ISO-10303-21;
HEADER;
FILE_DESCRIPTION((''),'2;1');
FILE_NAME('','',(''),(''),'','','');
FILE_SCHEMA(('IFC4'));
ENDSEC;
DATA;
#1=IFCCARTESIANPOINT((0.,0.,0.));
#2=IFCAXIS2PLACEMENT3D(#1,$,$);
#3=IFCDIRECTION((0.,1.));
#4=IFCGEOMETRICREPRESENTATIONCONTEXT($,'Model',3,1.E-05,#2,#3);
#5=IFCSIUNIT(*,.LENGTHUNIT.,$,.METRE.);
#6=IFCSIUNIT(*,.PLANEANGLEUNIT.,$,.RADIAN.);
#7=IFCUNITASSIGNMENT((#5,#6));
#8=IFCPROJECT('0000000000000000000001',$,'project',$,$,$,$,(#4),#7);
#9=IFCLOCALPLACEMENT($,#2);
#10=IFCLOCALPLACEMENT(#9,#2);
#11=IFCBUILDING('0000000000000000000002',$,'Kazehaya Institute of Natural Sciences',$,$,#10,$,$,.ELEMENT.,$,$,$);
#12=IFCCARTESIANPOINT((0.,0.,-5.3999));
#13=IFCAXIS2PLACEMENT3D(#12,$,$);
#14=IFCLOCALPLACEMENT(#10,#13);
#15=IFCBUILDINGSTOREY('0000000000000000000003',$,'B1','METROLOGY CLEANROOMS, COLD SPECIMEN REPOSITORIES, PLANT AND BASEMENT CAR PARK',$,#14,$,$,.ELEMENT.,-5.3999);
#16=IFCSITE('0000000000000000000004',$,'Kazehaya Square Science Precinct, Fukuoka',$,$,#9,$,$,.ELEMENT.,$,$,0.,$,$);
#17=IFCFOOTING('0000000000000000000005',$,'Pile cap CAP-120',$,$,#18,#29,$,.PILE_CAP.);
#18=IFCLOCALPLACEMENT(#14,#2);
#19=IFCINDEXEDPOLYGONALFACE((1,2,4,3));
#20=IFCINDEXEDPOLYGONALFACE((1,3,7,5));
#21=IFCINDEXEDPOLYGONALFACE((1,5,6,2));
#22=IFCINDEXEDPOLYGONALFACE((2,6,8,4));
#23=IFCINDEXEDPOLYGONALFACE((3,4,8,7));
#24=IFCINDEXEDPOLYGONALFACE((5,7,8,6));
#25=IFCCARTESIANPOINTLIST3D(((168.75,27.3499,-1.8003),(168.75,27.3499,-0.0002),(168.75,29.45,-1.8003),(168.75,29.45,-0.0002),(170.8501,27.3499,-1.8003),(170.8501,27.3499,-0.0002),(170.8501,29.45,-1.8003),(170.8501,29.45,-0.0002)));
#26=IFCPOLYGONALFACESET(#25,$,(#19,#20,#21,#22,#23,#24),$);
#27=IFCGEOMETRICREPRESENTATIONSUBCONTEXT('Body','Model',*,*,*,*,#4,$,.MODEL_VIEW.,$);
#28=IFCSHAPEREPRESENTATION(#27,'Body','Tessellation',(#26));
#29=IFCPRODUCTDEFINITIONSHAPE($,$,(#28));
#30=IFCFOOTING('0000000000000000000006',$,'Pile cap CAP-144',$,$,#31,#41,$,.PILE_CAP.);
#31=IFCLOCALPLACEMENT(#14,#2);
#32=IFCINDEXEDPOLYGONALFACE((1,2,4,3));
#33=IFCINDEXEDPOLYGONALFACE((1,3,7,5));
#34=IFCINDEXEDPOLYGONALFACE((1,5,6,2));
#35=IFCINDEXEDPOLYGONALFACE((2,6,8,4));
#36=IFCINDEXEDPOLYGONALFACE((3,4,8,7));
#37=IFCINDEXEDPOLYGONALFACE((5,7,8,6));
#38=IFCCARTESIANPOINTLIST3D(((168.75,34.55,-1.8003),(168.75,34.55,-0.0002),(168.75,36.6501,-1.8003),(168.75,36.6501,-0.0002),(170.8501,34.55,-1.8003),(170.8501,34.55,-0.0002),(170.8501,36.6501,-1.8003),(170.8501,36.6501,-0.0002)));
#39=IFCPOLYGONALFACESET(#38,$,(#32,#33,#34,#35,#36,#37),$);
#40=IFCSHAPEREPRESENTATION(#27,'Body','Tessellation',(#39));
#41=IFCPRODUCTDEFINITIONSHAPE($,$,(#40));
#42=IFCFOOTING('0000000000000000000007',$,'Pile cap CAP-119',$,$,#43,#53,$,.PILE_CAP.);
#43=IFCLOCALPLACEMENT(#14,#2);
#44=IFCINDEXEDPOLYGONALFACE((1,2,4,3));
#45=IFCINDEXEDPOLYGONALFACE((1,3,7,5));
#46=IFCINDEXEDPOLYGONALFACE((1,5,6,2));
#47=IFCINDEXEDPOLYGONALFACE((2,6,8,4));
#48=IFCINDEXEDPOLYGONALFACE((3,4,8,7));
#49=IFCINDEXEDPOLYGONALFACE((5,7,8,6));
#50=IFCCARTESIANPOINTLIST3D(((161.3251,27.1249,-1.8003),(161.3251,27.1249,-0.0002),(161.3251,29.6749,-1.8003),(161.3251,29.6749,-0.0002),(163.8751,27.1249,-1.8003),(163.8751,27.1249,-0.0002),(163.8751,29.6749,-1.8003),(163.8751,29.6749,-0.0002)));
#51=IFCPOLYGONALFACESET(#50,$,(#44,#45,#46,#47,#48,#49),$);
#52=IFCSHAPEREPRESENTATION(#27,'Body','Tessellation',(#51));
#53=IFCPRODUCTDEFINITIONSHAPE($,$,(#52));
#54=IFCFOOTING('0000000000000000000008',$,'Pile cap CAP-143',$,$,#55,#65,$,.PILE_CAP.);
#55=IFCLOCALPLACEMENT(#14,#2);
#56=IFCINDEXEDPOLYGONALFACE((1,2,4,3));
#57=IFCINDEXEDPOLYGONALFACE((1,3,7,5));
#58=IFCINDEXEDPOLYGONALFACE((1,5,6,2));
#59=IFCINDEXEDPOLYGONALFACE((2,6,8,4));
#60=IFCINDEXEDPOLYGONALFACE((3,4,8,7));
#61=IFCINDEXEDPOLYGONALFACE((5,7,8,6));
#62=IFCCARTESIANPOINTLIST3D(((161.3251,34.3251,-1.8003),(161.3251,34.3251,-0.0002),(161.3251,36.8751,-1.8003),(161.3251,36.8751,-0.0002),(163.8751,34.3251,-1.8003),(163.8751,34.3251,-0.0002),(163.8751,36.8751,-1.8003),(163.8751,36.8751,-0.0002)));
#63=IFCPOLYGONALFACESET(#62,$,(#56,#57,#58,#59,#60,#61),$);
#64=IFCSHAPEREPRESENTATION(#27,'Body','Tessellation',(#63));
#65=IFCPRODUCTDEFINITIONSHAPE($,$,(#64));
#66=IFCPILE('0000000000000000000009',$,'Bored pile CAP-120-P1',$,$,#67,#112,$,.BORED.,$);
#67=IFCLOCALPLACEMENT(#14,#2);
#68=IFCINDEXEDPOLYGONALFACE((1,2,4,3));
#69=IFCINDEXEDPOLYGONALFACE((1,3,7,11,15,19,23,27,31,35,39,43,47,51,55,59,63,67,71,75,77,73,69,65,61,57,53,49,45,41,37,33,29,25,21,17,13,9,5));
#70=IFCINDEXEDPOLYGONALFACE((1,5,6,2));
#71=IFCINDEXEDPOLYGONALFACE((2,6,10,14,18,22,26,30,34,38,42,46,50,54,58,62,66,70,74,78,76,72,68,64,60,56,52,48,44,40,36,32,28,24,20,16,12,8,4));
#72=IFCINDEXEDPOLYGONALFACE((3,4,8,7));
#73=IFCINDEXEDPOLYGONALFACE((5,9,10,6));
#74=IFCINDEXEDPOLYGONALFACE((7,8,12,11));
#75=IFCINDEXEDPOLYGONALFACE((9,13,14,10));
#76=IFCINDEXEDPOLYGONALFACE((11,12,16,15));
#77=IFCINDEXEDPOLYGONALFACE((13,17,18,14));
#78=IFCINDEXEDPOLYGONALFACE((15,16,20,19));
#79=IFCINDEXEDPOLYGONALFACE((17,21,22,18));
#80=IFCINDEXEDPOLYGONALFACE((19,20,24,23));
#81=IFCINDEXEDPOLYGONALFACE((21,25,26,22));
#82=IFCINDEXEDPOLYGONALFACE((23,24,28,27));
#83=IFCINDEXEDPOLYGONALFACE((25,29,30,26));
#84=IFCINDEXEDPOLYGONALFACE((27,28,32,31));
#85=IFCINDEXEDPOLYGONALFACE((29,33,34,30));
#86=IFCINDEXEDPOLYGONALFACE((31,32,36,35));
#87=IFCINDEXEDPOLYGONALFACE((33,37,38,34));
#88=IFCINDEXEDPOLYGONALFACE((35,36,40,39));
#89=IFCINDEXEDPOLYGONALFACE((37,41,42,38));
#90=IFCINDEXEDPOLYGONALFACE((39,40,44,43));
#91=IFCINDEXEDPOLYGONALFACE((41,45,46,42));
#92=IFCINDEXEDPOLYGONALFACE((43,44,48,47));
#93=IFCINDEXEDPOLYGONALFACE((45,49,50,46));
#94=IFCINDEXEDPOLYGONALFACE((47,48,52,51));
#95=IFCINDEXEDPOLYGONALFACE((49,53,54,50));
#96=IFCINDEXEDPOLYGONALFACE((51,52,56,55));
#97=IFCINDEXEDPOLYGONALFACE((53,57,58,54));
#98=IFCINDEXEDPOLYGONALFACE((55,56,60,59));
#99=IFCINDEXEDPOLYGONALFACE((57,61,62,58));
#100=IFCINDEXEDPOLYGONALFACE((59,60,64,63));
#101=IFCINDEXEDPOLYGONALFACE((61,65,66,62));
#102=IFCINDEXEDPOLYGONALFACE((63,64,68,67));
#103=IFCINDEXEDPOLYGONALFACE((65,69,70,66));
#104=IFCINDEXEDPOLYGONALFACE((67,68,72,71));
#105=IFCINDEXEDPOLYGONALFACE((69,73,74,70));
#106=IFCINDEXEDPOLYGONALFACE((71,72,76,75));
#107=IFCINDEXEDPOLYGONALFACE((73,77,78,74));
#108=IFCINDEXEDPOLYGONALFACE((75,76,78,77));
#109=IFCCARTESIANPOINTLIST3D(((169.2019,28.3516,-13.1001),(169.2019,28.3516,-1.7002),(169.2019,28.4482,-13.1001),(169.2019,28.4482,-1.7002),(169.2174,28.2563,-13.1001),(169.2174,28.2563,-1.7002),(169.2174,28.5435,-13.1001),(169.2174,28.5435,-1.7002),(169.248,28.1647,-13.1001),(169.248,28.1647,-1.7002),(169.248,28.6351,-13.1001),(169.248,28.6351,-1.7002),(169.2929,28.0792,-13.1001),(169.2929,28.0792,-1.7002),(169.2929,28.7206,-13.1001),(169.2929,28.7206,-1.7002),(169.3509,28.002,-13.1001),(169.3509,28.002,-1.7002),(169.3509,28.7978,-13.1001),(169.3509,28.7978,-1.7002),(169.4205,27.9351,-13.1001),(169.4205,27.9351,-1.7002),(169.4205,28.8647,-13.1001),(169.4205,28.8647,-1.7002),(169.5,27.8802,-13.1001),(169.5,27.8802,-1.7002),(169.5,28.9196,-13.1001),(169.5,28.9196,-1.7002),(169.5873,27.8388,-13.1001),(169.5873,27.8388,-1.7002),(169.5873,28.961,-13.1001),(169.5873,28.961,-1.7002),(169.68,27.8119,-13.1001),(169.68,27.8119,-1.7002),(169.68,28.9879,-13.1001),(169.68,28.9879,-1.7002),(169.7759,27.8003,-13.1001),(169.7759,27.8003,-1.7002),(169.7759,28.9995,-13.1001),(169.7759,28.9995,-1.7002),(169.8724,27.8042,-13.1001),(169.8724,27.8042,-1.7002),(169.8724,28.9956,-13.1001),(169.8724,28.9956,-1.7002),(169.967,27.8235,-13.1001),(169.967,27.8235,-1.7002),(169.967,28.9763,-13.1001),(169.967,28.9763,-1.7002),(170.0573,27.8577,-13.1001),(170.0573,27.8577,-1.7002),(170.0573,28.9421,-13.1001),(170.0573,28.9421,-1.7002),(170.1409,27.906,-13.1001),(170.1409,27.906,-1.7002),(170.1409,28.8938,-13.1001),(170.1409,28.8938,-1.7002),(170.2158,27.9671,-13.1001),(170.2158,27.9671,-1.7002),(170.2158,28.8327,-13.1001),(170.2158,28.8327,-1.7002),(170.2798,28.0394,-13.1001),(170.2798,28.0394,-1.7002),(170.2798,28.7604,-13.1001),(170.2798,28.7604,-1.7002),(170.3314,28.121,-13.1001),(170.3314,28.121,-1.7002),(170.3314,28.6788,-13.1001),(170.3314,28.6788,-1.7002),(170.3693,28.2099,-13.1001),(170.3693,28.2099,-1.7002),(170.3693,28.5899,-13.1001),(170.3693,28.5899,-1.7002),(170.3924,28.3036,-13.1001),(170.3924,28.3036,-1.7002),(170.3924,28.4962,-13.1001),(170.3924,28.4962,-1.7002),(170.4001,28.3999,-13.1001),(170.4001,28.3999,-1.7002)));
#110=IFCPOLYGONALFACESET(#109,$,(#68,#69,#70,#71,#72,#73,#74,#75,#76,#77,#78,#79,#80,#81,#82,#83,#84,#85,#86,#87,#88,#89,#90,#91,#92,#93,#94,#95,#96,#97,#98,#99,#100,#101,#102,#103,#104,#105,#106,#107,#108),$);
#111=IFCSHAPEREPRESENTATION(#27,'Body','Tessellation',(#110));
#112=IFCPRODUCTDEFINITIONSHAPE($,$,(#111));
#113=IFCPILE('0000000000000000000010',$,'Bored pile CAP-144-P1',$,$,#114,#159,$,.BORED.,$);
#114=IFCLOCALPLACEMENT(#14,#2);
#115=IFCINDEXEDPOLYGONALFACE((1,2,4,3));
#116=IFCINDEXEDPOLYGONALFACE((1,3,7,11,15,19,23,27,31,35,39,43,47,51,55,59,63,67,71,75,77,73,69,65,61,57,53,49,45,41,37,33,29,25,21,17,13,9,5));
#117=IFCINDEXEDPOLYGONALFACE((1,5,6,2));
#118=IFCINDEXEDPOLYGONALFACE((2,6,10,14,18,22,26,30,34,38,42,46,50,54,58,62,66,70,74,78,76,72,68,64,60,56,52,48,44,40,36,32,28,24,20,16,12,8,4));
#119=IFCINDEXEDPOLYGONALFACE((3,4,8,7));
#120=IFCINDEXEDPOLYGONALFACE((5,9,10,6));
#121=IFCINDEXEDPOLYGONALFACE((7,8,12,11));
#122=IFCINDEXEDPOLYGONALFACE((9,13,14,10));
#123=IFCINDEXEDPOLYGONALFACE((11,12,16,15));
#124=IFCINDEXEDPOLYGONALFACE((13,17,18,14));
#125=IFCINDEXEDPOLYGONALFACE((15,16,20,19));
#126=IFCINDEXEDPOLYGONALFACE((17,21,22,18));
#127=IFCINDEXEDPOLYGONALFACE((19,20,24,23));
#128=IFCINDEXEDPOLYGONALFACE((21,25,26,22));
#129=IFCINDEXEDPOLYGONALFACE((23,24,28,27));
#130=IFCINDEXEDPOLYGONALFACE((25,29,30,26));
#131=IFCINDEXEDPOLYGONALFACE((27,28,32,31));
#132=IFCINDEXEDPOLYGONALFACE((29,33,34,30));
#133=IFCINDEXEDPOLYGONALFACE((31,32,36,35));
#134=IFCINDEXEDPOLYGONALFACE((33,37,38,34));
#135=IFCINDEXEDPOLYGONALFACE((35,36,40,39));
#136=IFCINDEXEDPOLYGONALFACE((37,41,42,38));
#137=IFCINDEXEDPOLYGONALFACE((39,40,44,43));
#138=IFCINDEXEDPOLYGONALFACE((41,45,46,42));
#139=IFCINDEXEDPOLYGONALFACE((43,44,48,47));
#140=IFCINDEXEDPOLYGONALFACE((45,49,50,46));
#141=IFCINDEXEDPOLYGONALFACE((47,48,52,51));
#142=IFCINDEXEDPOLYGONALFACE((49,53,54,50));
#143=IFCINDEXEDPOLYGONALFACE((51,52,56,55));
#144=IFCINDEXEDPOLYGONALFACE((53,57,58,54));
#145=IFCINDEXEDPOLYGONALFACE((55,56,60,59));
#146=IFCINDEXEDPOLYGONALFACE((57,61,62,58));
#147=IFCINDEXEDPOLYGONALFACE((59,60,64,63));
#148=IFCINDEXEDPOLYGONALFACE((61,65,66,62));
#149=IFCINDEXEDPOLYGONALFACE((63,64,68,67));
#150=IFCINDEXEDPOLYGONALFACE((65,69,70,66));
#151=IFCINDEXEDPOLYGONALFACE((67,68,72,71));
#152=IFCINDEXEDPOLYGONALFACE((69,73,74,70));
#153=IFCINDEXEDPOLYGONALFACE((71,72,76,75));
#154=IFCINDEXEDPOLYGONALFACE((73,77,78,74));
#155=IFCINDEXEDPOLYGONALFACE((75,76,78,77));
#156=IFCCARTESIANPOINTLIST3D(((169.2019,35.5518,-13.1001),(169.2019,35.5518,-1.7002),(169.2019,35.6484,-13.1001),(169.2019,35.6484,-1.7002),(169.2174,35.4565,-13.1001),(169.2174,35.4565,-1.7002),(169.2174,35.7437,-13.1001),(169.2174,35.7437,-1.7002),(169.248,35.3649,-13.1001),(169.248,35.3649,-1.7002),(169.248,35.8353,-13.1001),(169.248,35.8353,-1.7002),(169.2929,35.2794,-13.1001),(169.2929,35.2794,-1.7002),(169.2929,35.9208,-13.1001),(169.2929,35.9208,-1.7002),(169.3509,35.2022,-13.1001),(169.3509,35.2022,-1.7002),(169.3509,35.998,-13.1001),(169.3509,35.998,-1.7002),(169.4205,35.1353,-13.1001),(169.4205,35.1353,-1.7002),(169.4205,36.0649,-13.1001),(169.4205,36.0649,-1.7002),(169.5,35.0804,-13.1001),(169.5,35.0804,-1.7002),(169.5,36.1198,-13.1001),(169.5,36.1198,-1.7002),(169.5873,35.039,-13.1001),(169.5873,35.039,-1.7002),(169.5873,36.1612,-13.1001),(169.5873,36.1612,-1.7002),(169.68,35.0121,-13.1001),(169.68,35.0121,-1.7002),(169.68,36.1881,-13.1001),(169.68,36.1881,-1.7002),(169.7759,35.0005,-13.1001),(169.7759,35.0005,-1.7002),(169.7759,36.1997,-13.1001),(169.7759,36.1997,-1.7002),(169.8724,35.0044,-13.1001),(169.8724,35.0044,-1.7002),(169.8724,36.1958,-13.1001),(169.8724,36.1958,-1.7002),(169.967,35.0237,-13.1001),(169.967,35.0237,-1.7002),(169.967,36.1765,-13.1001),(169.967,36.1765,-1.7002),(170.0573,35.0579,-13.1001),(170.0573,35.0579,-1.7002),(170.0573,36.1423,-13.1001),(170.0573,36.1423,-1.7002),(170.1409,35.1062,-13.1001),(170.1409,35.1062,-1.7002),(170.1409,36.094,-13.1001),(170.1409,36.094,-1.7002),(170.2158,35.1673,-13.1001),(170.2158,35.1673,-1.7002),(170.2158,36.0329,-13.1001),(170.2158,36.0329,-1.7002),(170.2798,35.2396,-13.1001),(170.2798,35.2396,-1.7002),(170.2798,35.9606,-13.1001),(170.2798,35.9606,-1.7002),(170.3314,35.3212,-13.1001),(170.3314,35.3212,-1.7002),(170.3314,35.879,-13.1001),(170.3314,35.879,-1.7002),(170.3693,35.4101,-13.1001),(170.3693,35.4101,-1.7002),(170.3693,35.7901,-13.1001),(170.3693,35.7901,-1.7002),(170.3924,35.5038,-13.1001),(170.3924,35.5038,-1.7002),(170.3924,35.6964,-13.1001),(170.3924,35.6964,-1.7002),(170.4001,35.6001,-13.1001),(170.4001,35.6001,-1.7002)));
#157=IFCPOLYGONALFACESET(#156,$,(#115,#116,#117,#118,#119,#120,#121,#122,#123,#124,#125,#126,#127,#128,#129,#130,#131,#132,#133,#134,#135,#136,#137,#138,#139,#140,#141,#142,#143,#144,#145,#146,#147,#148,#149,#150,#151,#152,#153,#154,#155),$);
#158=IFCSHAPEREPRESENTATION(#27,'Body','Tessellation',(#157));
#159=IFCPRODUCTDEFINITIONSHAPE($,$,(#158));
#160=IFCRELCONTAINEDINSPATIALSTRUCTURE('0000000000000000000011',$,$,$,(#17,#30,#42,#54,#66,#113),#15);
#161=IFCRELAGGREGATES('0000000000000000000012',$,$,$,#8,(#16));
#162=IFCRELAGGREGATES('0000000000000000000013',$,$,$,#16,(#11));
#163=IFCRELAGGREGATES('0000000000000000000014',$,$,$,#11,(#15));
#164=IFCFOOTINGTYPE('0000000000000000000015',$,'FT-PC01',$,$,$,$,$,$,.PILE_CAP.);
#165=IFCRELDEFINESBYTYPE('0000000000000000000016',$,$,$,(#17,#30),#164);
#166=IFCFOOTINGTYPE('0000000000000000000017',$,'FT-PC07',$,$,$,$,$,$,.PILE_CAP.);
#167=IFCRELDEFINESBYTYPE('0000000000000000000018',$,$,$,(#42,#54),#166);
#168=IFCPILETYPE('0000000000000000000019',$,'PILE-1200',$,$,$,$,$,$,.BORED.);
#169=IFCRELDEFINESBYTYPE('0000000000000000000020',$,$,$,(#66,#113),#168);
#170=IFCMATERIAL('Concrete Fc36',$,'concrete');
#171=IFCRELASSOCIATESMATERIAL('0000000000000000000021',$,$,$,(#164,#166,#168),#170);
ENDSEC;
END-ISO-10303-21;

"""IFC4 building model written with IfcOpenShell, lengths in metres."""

from ifc_helpers import new_model, si_unit, direction, frame, origin, origin_2d, place, context, subcontext, project, spatial, rectangle, circle, extrude, material, material_profile, profile_set, type_object, element, save


model = new_model("IFC4")

# Units and contexts
model_context = context("Model", 3, precision=1e-05, world=origin(), true_north=direction((0.0, 1.0)))
body_context = subcontext(model_context, "Body", "Model", "MODEL_VIEW")
ifc_project = project(units=[si_unit("LENGTHUNIT", "METRE"), si_unit("PLANEANGLEUNIT", "RADIAN")], contexts=[model_context])

# Site, building, storey
site_placement = place(None, origin())
site = spatial("IfcSite", under=ifc_project, at=site_placement, Name="Kazehaya Square Science Precinct, Fukuoka", CompositionType="ELEMENT", RefElevation=0.0)
building_placement = place(site_placement, origin())
building = spatial("IfcBuilding", under=site, at=building_placement, Name="Kazehaya Institute of Natural Sciences", CompositionType="ELEMENT")
storey_placement = place(building_placement, frame((0.0, 0.0, -5.3999)))
storey = spatial("IfcBuildingStorey", under=building, at=storey_placement, Name="B1", Description="METROLOGY CLEANROOMS, COLD SPECIMEN REPOSITORIES, PLANT AND BASEMENT CAR PARK", CompositionType="ELEMENT", Elevation=-5.3999)

# Footings
ifc_material_1 = material(Name="Concrete Fc36", Category="concrete")
footing_type_1 = type_object("IfcFootingType", Name="FT-PC01", PredefinedType="PILE_CAP", material=ifc_material_1)
for number, where, z_axis, x_axis, name in (
    (1, (169.8, 28.3999, -1.8003), (0.0, 0.0, 1.0), (1.0, 0.0, 0.0), "Pile cap CAP-120"),
    (2, (169.8, 35.6001, -1.8003), (0.0, 0.0, 1.0), (1.0, 0.0, 0.0), "Pile cap CAP-144"),
):
    element("IfcFooting", number, at=place(storey_placement, frame(where, z_axis=z_axis, x_axis=x_axis)), inside=storey, type_object=footing_type_1, Name=name, PredefinedType="PILE_CAP", context=body_context, shape_type="SweptSolid", body=[
        extrude(rectangle(XDim=2.1001, YDim=2.1001, at=origin_2d()), origin(), (0.0, 0.0, 1.0), 1.8),
    ])
footing_type_2 = type_object("IfcFootingType", Name="FT-PC07", PredefinedType="PILE_CAP", material=ifc_material_1)
for number, where, z_axis, x_axis, name in (
    (3, (162.6001, 28.3999, -1.8003), (0.0, 0.0, 1.0), (1.0, 0.0, 0.0), "Pile cap CAP-119"),
    (4, (162.6001, 35.6001, -1.8003), (0.0, 0.0, 1.0), (1.0, 0.0, 0.0), "Pile cap CAP-143"),
):
    element("IfcFooting", number, at=place(storey_placement, frame(where, z_axis=z_axis, x_axis=x_axis)), inside=storey, type_object=footing_type_2, Name=name, PredefinedType="PILE_CAP", context=body_context, shape_type="SweptSolid", body=[
        extrude(rectangle(XDim=2.55, YDim=2.55, at=origin_2d()), origin(), (0.0, 0.0, 1.0), 1.8),
    ])

# Piles
ifc_material_profile_1 = material_profile(ifc_material_1, circle(Radius=0.6001, at=origin_2d()), Name="PILE-1200")
ifc_profile_set_1 = profile_set([ifc_material_profile_1], Name="Concrete Fc36")
pile_type_1 = type_object("IfcPileType", Name="PILE-1200", PredefinedType="BORED", material=ifc_profile_set_1)
for number, where, z_axis, x_axis, name in (
    (5, (169.8, 28.3999, -1.7002), (0.0, 0.0, -1.0), (1.0, 0.0, 0.0), "Bored pile CAP-120-P1"),
    (6, (169.8, 35.6001, -1.7002), (0.0, 0.0, -1.0), (1.0, 0.0, 0.0), "Bored pile CAP-144-P1"),
):
    element("IfcPile", number, at=place(storey_placement, frame(where, z_axis=z_axis, x_axis=x_axis)), inside=storey, type_object=pile_type_1, Name=name, PredefinedType="BORED", context=body_context, shape_type="SweptSolid", body=[
        extrude(circle(Radius=0.6001, at=origin_2d()), origin(), (0.0, 0.0, 1.0), 11.3999),
    ])

save(model, "model.ifc")
